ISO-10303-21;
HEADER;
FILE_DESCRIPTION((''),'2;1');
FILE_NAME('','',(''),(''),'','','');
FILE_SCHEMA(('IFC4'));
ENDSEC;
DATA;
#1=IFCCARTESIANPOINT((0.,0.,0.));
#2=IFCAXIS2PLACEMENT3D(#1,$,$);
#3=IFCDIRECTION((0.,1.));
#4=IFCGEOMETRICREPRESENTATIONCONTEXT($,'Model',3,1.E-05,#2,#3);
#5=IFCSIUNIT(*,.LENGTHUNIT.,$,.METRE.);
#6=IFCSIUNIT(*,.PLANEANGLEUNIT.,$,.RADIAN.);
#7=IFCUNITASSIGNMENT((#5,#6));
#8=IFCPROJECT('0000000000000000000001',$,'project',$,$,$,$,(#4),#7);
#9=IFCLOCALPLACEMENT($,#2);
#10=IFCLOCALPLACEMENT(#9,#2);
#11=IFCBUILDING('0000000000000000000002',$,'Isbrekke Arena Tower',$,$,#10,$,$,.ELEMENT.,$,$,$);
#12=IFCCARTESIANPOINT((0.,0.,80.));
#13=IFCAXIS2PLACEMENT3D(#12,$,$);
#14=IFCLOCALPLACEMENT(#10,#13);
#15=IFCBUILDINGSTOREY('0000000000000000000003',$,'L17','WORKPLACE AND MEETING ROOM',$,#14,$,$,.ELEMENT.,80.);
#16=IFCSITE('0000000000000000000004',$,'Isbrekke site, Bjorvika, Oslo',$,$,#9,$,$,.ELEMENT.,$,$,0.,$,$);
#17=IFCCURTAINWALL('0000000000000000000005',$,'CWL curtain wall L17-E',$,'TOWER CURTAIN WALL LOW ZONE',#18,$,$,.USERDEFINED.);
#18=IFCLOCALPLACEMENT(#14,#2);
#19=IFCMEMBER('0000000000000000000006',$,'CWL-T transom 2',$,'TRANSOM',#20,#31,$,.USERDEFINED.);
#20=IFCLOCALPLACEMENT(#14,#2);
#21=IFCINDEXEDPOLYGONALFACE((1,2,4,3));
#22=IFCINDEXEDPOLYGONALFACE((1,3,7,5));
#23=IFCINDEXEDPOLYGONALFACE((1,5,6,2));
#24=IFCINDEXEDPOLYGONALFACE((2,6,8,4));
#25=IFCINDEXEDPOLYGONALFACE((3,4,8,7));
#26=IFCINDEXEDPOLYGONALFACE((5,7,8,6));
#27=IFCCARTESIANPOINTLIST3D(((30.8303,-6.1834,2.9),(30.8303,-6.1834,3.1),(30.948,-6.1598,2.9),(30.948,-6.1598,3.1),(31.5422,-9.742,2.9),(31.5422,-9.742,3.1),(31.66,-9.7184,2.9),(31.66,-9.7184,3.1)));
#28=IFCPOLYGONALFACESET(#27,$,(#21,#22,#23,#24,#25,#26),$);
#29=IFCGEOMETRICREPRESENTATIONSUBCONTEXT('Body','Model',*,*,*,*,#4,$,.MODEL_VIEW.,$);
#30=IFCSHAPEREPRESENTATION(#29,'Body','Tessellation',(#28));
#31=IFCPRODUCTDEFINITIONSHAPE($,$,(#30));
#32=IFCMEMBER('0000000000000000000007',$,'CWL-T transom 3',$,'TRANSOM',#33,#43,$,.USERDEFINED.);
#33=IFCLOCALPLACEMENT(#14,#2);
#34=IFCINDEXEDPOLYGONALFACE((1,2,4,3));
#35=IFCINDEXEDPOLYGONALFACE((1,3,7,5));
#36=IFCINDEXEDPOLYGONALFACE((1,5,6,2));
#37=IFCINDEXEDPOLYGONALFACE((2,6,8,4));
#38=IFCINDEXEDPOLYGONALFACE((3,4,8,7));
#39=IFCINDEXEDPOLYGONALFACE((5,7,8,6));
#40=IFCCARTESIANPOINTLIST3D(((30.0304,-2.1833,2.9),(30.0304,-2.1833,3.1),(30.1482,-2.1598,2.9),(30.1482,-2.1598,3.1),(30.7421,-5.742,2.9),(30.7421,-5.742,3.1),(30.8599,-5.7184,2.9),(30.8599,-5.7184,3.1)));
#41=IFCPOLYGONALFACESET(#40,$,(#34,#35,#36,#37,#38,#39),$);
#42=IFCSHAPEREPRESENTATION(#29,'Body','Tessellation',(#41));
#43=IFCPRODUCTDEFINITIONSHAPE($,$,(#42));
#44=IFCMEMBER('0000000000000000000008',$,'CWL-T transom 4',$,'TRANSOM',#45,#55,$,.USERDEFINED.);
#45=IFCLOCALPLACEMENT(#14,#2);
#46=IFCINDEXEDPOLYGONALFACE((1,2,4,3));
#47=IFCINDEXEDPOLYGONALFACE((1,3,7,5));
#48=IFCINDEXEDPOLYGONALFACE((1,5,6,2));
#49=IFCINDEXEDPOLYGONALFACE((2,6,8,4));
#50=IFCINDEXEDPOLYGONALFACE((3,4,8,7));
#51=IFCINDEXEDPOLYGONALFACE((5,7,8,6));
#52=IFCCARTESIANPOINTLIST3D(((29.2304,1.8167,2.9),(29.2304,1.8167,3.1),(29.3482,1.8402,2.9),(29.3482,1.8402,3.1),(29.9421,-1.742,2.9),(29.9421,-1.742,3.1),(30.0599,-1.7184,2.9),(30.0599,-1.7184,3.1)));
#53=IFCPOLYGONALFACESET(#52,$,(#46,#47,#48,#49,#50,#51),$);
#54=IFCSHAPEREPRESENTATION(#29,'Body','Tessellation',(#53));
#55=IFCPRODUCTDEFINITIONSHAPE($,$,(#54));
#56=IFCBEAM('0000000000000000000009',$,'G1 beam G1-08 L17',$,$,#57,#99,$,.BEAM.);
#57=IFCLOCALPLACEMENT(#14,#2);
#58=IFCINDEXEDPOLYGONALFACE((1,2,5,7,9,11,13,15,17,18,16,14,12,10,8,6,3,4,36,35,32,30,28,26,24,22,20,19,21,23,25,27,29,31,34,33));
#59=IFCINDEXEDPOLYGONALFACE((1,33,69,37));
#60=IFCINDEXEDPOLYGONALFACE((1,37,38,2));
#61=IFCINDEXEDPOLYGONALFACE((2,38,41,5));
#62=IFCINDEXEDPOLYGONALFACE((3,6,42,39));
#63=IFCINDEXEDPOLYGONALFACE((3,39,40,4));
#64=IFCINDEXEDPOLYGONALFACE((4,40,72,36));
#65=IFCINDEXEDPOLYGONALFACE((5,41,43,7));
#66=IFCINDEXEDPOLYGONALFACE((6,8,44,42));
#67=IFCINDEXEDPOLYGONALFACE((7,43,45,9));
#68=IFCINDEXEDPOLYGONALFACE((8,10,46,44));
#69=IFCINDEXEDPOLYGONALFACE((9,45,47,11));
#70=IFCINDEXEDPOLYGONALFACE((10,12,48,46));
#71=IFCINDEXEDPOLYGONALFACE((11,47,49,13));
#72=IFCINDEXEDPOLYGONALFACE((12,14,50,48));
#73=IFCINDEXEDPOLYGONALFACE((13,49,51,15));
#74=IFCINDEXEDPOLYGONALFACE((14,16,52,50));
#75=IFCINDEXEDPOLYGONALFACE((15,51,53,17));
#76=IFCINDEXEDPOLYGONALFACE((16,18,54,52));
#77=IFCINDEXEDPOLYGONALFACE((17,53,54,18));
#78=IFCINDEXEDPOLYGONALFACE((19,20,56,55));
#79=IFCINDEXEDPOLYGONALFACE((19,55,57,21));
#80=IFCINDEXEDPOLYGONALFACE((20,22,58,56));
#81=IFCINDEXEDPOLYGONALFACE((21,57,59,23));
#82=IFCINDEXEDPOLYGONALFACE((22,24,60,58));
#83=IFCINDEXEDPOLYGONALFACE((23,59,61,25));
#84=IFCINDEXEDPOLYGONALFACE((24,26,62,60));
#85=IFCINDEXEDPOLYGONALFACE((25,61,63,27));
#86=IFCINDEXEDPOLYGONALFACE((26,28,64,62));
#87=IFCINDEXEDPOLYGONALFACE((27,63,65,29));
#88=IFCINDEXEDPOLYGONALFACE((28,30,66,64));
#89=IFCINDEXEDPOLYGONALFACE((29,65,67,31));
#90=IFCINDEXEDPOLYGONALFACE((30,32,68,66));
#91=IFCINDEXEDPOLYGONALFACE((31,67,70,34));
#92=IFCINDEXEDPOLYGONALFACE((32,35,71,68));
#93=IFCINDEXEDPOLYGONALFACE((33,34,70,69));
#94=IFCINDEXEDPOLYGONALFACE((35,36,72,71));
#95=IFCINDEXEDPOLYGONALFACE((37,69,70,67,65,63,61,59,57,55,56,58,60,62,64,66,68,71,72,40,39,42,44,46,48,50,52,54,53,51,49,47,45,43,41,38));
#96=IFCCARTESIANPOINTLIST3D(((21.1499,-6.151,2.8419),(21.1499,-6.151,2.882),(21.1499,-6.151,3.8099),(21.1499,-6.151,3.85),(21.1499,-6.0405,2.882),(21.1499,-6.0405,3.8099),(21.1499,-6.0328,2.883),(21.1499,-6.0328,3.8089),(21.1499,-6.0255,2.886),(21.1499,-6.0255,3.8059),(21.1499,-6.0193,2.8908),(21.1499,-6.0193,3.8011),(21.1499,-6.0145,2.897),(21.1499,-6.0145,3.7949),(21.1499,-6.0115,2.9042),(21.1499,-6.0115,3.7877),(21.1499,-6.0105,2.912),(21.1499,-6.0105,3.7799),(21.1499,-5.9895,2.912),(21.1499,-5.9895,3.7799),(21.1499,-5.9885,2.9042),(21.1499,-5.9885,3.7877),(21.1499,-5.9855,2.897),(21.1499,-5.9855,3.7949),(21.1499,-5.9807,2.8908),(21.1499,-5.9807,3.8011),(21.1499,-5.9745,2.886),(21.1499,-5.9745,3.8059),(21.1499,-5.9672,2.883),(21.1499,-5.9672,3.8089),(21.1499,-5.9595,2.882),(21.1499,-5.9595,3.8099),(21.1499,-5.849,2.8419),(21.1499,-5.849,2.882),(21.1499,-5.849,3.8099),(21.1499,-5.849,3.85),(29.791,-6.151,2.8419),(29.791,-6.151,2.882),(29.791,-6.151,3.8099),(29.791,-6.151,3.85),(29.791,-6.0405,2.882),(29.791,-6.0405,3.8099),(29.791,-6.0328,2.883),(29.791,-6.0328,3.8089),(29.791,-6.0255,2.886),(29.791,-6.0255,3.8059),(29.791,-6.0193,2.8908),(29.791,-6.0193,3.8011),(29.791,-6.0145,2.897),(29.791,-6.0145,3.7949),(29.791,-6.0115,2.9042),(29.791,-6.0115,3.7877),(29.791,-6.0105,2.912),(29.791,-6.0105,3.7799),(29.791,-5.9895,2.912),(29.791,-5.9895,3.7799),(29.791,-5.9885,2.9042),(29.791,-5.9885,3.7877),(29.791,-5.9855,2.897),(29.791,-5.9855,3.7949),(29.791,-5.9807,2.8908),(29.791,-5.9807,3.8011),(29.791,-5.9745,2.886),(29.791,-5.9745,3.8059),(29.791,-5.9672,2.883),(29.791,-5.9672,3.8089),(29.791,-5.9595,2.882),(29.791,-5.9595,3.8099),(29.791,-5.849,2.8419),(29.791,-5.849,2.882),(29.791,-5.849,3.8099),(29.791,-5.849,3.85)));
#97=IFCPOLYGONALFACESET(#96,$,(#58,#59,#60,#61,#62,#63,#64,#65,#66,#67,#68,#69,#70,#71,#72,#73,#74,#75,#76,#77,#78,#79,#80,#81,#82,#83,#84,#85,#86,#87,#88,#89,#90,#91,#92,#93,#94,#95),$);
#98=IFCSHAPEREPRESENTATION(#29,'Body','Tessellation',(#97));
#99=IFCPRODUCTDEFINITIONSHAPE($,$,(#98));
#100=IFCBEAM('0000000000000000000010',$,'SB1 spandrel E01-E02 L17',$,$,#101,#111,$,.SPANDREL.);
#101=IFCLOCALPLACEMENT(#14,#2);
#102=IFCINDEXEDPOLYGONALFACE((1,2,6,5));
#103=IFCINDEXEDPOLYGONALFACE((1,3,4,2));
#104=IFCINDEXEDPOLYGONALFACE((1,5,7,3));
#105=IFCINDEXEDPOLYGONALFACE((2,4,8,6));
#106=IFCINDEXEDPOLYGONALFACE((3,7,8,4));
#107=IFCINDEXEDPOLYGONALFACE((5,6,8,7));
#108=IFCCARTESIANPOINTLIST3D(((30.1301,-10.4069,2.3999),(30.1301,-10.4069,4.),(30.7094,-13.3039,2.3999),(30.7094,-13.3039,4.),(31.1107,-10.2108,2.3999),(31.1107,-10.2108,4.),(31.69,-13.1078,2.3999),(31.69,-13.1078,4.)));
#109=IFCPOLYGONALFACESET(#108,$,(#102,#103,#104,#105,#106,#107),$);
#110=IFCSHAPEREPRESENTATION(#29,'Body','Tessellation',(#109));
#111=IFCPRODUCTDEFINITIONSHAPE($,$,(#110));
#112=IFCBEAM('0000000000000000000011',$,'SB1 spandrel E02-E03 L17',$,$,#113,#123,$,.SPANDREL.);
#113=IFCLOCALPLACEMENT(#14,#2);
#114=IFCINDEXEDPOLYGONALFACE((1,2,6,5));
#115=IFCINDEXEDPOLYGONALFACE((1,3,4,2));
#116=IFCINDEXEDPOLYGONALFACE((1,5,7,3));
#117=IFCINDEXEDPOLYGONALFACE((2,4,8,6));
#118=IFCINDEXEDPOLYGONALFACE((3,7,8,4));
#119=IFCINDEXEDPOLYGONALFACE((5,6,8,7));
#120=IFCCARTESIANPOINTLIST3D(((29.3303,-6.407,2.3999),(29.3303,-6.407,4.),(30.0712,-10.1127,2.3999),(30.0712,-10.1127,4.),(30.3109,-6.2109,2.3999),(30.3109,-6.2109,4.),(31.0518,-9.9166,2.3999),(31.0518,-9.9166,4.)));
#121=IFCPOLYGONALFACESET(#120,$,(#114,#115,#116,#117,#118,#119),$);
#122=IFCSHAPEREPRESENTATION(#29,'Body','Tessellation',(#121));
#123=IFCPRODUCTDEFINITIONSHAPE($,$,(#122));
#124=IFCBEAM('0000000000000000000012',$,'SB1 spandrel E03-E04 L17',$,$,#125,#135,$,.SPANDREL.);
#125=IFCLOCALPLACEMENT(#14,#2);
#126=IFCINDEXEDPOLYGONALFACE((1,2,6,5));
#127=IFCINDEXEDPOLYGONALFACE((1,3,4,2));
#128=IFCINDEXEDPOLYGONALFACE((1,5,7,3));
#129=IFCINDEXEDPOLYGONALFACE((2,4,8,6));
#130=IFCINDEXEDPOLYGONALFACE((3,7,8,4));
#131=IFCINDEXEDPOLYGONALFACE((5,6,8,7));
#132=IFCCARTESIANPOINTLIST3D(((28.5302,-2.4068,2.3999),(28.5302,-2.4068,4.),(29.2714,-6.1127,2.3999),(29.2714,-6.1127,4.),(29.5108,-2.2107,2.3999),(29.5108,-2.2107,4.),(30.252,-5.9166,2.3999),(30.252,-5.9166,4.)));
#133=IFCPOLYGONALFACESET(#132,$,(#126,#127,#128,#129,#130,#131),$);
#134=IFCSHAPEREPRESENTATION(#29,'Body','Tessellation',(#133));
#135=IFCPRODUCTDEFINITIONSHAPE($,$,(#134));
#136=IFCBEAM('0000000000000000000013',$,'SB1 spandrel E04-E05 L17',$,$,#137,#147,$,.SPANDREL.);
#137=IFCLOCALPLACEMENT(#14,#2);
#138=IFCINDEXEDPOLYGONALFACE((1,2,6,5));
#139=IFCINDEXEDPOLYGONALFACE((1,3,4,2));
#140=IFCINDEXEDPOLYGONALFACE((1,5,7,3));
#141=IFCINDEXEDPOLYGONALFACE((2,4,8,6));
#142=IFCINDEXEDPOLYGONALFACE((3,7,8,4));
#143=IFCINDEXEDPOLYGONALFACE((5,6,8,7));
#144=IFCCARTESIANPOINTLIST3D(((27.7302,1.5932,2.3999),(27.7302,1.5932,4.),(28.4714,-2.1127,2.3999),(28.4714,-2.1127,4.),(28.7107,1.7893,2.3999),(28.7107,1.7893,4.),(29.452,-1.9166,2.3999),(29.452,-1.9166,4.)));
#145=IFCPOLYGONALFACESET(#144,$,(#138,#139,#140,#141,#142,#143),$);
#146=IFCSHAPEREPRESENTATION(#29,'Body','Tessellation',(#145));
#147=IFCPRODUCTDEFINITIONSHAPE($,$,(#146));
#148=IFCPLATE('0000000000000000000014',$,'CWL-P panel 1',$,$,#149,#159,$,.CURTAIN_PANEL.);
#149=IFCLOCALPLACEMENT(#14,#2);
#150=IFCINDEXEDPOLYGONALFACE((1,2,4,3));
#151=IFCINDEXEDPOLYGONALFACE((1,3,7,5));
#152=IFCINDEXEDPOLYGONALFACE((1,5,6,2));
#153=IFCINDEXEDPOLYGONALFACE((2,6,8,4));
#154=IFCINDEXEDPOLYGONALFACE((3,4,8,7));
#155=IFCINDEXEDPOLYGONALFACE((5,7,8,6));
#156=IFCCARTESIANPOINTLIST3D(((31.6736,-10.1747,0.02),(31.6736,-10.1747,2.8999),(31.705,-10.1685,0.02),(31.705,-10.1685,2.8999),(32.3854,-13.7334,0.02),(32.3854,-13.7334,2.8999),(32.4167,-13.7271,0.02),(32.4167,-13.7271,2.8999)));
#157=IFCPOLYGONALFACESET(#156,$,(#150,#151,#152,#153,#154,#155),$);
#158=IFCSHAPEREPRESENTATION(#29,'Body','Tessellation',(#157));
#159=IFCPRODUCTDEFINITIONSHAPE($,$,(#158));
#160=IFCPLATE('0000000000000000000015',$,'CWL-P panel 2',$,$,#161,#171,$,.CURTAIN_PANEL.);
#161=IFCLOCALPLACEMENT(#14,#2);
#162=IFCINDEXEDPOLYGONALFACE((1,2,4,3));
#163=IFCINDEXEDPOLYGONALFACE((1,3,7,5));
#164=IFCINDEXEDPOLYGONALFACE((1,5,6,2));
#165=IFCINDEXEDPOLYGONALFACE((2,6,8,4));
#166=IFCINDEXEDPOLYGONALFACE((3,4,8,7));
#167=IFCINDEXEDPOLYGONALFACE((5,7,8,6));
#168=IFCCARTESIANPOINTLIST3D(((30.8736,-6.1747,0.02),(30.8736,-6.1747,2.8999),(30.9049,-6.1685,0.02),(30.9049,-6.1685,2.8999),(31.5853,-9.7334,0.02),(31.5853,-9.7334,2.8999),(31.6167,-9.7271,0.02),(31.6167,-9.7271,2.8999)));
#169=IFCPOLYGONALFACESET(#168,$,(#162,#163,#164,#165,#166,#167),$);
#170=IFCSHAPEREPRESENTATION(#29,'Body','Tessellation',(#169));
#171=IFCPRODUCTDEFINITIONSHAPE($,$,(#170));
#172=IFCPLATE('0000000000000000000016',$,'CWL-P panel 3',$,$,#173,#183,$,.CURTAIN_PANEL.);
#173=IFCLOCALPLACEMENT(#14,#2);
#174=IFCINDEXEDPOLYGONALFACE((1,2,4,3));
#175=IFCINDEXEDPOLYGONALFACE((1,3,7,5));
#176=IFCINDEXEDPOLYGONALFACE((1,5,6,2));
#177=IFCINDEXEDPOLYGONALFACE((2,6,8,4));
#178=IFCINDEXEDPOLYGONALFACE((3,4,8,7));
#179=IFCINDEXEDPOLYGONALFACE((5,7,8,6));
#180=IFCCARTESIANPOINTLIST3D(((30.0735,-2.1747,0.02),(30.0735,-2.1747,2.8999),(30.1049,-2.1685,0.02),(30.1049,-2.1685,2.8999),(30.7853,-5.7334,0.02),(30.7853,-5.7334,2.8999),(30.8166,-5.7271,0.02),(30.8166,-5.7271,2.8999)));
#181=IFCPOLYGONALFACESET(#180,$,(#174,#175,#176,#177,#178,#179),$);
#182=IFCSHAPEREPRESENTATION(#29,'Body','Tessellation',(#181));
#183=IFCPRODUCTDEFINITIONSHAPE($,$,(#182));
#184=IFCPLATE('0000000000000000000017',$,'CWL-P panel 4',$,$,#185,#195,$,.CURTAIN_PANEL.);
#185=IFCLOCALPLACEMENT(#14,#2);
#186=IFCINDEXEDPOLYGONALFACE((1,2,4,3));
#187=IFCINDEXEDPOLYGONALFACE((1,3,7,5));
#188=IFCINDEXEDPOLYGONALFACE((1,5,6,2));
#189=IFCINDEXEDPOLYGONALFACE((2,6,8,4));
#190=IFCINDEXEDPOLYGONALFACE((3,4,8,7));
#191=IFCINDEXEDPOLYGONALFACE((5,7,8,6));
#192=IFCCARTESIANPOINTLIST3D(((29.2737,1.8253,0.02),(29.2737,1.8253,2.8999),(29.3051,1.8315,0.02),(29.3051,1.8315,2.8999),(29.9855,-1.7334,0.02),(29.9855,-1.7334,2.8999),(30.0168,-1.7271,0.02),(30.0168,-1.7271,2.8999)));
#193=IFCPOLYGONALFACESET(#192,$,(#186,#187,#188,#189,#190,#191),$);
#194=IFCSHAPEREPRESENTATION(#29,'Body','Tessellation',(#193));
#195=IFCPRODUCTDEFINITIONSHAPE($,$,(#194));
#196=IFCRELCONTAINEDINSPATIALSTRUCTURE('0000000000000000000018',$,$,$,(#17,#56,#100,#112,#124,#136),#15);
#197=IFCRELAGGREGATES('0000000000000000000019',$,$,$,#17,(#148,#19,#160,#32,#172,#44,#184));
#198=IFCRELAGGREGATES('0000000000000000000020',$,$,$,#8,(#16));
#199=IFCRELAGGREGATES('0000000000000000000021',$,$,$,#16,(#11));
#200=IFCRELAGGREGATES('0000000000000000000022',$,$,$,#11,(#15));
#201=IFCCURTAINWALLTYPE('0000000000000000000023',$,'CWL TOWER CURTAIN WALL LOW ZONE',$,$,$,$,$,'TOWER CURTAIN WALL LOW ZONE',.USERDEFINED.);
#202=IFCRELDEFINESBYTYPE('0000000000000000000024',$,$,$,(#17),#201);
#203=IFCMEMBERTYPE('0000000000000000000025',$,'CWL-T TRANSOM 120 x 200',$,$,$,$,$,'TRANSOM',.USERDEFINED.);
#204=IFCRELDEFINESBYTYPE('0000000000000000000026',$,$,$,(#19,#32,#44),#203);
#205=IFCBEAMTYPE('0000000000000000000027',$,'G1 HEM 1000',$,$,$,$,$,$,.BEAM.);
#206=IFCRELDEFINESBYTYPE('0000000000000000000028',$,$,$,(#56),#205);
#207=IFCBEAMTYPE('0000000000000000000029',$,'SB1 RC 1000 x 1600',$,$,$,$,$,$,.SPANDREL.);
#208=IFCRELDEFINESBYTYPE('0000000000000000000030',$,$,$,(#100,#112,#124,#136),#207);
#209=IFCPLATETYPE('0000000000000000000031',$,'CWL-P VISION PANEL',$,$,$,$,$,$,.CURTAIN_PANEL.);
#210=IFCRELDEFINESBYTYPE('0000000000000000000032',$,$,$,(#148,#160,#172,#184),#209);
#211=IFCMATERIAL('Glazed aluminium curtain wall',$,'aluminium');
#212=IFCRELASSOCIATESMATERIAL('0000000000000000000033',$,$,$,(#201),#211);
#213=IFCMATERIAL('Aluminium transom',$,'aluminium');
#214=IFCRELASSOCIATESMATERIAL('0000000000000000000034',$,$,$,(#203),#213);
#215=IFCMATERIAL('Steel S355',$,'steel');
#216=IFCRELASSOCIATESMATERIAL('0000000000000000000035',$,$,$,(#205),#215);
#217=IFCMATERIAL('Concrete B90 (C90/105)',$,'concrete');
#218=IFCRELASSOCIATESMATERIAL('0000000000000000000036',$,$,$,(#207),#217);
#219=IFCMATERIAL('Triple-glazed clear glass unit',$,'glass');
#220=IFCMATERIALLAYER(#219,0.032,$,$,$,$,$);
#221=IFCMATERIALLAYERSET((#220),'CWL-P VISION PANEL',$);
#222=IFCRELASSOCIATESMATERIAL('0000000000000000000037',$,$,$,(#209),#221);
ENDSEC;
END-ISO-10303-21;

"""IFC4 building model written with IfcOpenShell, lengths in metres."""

from ifc_helpers import new_model, si_unit, direction, frame, origin, origin_2d, place, context, subcontext, project, spatial, rectangle, i_section, extrude, material, layer, layer_set, material_profile, profile_set, type_object, element, aggregate, save


model = new_model("IFC4")

# Units and contexts
model_context = context("Model", 3, precision=1e-05, world=origin(), true_north=direction((0.0, 1.0)))
body_context = subcontext(model_context, "Body", "Model", "MODEL_VIEW")
ifc_project = project(units=[si_unit("LENGTHUNIT", "METRE"), si_unit("PLANEANGLEUNIT", "RADIAN")], contexts=[model_context])

# Site, building, storey
site_placement = place(None, origin())
site = spatial("IfcSite", under=ifc_project, at=site_placement, Name="Isbrekke site, Bjorvika, Oslo", CompositionType="ELEMENT", RefElevation=0.0)
building_placement = place(site_placement, origin())
building = spatial("IfcBuilding", under=site, at=building_placement, Name="Isbrekke Arena Tower", CompositionType="ELEMENT")
storey_placement = place(building_placement, frame((0.0, 0.0, 80.0)))
storey = spatial("IfcBuildingStorey", under=building, at=storey_placement, Name="L17", Description="WORKPLACE AND MEETING ROOM", CompositionType="ELEMENT", Elevation=80.0)

# Curtain wall, members
ifc_material_1 = material(Name="Glazed aluminium curtain wall", Category="aluminium")
curtain_wall_type = type_object("IfcCurtainWallType", Name="CWL TOWER CURTAIN WALL LOW ZONE", ElementType="TOWER CURTAIN WALL LOW ZONE", PredefinedType="USERDEFINED", material=ifc_material_1)
curtain_wall_placement = place(storey_placement, origin())
curtain_wall = element("IfcCurtainWall", 1, at=curtain_wall_placement, inside=storey, type_object=curtain_wall_type, Name="CWL curtain wall L17-E", ObjectType="TOWER CURTAIN WALL LOW ZONE", PredefinedType="USERDEFINED")
ifc_material_2 = material(Name="Aluminium transom", Category="aluminium")
ifc_material_profile_1 = material_profile(ifc_material_2, rectangle(XDim=0.1201, YDim=0.2, at=origin_2d()), Name="TRANSOM 120X200")
ifc_profile_set_1 = profile_set([ifc_material_profile_1], Name="Aluminium transom")
member_type_1 = type_object("IfcMemberType", Name="CWL-T TRANSOM 120 x 200", ElementType="TRANSOM", PredefinedType="USERDEFINED", material=ifc_profile_set_1)
member_1_placement = place(storey_placement, frame((31.6011, -9.7302, 3.0), z_axis=(-0.196168, 0.98057, 0.0), x_axis=(-0.98057, -0.196168, 0.0)))
member_1 = element("IfcMember", 2, at=member_1_placement, type_object=member_type_1, Name="CWL-T transom 2", ObjectType="TRANSOM", PredefinedType="USERDEFINED", context=body_context, shape_type="SweptSolid", body=[
    extrude(rectangle(XDim=0.1201, YDim=0.2, at=origin_2d()), origin(), (0.0, 0.0, 1.0), 3.6292),
])
member_2_placement = place(storey_placement, frame((30.801, -5.7302, 3.0), z_axis=(-0.196103, 0.980583, 0.0), x_axis=(-0.980583, -0.196103, 0.0)))
member_2 = element("IfcMember", 3, at=member_2_placement, type_object=member_type_1, Name="CWL-T transom 3", ObjectType="TRANSOM", PredefinedType="USERDEFINED", context=body_context, shape_type="SweptSolid", body=[
    extrude(rectangle(XDim=0.1201, YDim=0.2, at=origin_2d()), origin(), (0.0, 0.0, 1.0), 3.6292),
])
member_3_placement = place(storey_placement, frame((30.001, -1.7302, 3.0), z_axis=(-0.196103, 0.980583, 0.0), x_axis=(-0.980583, -0.196103, 0.0)))
member_3 = element("IfcMember", 4, at=member_3_placement, type_object=member_type_1, Name="CWL-T transom 4", ObjectType="TRANSOM", PredefinedType="USERDEFINED", context=body_context, shape_type="SweptSolid", body=[
    extrude(rectangle(XDim=0.1201, YDim=0.2, at=origin_2d()), origin(), (0.0, 0.0, 1.0), 3.6292),
])

# Beams
ifc_material_3 = material(Name="Steel S355", Category="steel")
ifc_material_profile_2 = material_profile(ifc_material_3, i_section(OverallWidth=0.302, OverallDepth=1.0081, WebThickness=0.021, FlangeThickness=0.04, FilletRadius=0.03, at=origin_2d()), Name="HEM 1000")
ifc_profile_set_2 = profile_set([ifc_material_profile_2], Name="Steel S355")
beam_type_1 = type_object("IfcBeamType", Name="G1 HEM 1000", PredefinedType="BEAM", material=ifc_profile_set_2)
beam_1_placement = place(storey_placement, frame((21.1499, -6.0, 3.3459), z_axis=(1.0, 0.0, 0.0), x_axis=(0.0, 1.0, 0.0)))
element("IfcBeam", 5, at=beam_1_placement, inside=storey, type_object=beam_type_1, Name="G1 beam G1-08 L17", PredefinedType="BEAM", context=body_context, shape_type="SweptSolid", body=[
    extrude(i_section(OverallWidth=0.302, OverallDepth=1.0081, WebThickness=0.021, FlangeThickness=0.04, FilletRadius=0.03, at=origin_2d()), origin(), (0.0, 0.0, 1.0), 8.6411),
])
ifc_material_4 = material(Name="Concrete B90 (C90/105)", Category="concrete")
ifc_material_profile_3 = material_profile(ifc_material_4, rectangle(XDim=1.0, YDim=1.6001, at=origin_2d()), Name="RC 1000x1600")
ifc_profile_set_3 = profile_set([ifc_material_profile_3], Name="Concrete B90 (C90/105)")
beam_type_2 = type_object("IfcBeamType", Name="SB1 RC 1000 x 1600", PredefinedType="SPANDREL", material=ifc_profile_set_3)
beam_2_placement = place(storey_placement, frame((31.1997, -13.2058, 3.2), z_axis=(-0.1961, 0.980584, 0.0), x_axis=(-0.980584, -0.1961, 0.0)))
element("IfcBeam", 6, at=beam_2_placement, inside=storey, type_object=beam_type_2, Name="SB1 spandrel E01-E02 L17", PredefinedType="SPANDREL", context=body_context, shape_type="SweptSolid", body=[
    extrude(rectangle(XDim=1.0, YDim=1.6001, at=origin_2d()), origin(), (0.0, 0.0, 1.0), 2.9543),
])
beam_3_placement = place(storey_placement, frame((30.5615, -10.0146, 3.2), z_axis=(-0.196066, 0.980591, 0.0), x_axis=(-0.980591, -0.196066, 0.0)))
element("IfcBeam", 7, at=beam_3_placement, inside=storey, type_object=beam_type_2, Name="SB1 spandrel E02-E03 L17", PredefinedType="SPANDREL", context=body_context, shape_type="SweptSolid", body=[
    extrude(rectangle(XDim=1.0, YDim=1.6001, at=origin_2d()), origin(), (0.0, 0.0, 1.0), 3.7791),
])
for number, where, z_axis, x_axis, name in (
    (8, (29.7617, -6.0146, 3.2), (-0.196129, 0.980578, 0.0), (-0.980578, -0.196129, 0.0), "SB1 spandrel E03-E04 L17"),
    (9, (28.9617, -2.0146, 3.2), (-0.196129, 0.980578, 0.0), (-0.980578, -0.196129, 0.0), "SB1 spandrel E04-E05 L17"),
):
    element("IfcBeam", number, at=place(storey_placement, frame(where, z_axis=z_axis, x_axis=x_axis)), inside=storey, type_object=beam_type_2, Name=name, PredefinedType="SPANDREL", context=body_context, shape_type="SweptSolid", body=[
        extrude(rectangle(XDim=1.0, YDim=1.6001, at=origin_2d()), origin(), (0.0, 0.0, 1.0), 3.7793),
    ])

# Plates
ifc_material_5 = material(Name="Triple-glazed clear glass unit", Category="glass")
ifc_layer_1 = layer(ifc_material_5, 0.032)
ifc_layer_set_1 = layer_set([ifc_layer_1], Name="CWL-P VISION PANEL")
plate_type = type_object("IfcPlateType", Name="CWL-P VISION PANEL", PredefinedType="CURTAIN_PANEL", material=ifc_layer_set_1)
plate_1_placement = place(storey_placement, frame((32.0452, -11.9509, 0.02), z_axis=(0.0, 0.0, 1.0), x_axis=(-0.196116, 0.980581, 0.0)))
plate_1 = element("IfcPlate", 10, at=plate_1_placement, type_object=plate_type, Name="CWL-P panel 1", PredefinedType="CURTAIN_PANEL", context=body_context, shape_type="SweptSolid", body=[
    extrude(rectangle(XDim=3.6292, YDim=0.032, at=origin_2d()), origin(), (0.0, 0.0, 1.0), 2.8799),
])
plate_2_placement = place(storey_placement, frame((31.2451, -7.9509, 0.02), z_axis=(0.0, 0.0, 1.0), x_axis=(-0.196116, 0.980581, 0.0)))
plate_2 = element("IfcPlate", 11, at=plate_2_placement, type_object=plate_type, Name="CWL-P panel 2", PredefinedType="CURTAIN_PANEL", context=body_context, shape_type="SweptSolid", body=[
    extrude(rectangle(XDim=3.6292, YDim=0.032, at=origin_2d()), origin(), (0.0, 0.0, 1.0), 2.8799),
])
plate_3_placement = place(storey_placement, frame((30.4451, -3.9509, 0.02), z_axis=(0.0, 0.0, 1.0), x_axis=(-0.196116, 0.980581, 0.0)))
plate_3 = element("IfcPlate", 12, at=plate_3_placement, type_object=plate_type, Name="CWL-P panel 3", PredefinedType="CURTAIN_PANEL", context=body_context, shape_type="SweptSolid", body=[
    extrude(rectangle(XDim=3.6292, YDim=0.032, at=origin_2d()), origin(), (0.0, 0.0, 1.0), 2.8799),
])
plate_4_placement = place(storey_placement, frame((29.6453, 0.0491, 0.02), z_axis=(0.0, 0.0, 1.0), x_axis=(-0.196116, 0.980581, 0.0)))
plate_4 = element("IfcPlate", 13, at=plate_4_placement, type_object=plate_type, Name="CWL-P panel 4", PredefinedType="CURTAIN_PANEL", context=body_context, shape_type="SweptSolid", body=[
    extrude(rectangle(XDim=3.6292, YDim=0.032, at=origin_2d()), origin(), (0.0, 0.0, 1.0), 2.8799),
])
aggregate(curtain_wall, [plate_1, member_1, plate_2, member_2, plate_3, member_3, plate_4])

save(model, "model.ifc")
